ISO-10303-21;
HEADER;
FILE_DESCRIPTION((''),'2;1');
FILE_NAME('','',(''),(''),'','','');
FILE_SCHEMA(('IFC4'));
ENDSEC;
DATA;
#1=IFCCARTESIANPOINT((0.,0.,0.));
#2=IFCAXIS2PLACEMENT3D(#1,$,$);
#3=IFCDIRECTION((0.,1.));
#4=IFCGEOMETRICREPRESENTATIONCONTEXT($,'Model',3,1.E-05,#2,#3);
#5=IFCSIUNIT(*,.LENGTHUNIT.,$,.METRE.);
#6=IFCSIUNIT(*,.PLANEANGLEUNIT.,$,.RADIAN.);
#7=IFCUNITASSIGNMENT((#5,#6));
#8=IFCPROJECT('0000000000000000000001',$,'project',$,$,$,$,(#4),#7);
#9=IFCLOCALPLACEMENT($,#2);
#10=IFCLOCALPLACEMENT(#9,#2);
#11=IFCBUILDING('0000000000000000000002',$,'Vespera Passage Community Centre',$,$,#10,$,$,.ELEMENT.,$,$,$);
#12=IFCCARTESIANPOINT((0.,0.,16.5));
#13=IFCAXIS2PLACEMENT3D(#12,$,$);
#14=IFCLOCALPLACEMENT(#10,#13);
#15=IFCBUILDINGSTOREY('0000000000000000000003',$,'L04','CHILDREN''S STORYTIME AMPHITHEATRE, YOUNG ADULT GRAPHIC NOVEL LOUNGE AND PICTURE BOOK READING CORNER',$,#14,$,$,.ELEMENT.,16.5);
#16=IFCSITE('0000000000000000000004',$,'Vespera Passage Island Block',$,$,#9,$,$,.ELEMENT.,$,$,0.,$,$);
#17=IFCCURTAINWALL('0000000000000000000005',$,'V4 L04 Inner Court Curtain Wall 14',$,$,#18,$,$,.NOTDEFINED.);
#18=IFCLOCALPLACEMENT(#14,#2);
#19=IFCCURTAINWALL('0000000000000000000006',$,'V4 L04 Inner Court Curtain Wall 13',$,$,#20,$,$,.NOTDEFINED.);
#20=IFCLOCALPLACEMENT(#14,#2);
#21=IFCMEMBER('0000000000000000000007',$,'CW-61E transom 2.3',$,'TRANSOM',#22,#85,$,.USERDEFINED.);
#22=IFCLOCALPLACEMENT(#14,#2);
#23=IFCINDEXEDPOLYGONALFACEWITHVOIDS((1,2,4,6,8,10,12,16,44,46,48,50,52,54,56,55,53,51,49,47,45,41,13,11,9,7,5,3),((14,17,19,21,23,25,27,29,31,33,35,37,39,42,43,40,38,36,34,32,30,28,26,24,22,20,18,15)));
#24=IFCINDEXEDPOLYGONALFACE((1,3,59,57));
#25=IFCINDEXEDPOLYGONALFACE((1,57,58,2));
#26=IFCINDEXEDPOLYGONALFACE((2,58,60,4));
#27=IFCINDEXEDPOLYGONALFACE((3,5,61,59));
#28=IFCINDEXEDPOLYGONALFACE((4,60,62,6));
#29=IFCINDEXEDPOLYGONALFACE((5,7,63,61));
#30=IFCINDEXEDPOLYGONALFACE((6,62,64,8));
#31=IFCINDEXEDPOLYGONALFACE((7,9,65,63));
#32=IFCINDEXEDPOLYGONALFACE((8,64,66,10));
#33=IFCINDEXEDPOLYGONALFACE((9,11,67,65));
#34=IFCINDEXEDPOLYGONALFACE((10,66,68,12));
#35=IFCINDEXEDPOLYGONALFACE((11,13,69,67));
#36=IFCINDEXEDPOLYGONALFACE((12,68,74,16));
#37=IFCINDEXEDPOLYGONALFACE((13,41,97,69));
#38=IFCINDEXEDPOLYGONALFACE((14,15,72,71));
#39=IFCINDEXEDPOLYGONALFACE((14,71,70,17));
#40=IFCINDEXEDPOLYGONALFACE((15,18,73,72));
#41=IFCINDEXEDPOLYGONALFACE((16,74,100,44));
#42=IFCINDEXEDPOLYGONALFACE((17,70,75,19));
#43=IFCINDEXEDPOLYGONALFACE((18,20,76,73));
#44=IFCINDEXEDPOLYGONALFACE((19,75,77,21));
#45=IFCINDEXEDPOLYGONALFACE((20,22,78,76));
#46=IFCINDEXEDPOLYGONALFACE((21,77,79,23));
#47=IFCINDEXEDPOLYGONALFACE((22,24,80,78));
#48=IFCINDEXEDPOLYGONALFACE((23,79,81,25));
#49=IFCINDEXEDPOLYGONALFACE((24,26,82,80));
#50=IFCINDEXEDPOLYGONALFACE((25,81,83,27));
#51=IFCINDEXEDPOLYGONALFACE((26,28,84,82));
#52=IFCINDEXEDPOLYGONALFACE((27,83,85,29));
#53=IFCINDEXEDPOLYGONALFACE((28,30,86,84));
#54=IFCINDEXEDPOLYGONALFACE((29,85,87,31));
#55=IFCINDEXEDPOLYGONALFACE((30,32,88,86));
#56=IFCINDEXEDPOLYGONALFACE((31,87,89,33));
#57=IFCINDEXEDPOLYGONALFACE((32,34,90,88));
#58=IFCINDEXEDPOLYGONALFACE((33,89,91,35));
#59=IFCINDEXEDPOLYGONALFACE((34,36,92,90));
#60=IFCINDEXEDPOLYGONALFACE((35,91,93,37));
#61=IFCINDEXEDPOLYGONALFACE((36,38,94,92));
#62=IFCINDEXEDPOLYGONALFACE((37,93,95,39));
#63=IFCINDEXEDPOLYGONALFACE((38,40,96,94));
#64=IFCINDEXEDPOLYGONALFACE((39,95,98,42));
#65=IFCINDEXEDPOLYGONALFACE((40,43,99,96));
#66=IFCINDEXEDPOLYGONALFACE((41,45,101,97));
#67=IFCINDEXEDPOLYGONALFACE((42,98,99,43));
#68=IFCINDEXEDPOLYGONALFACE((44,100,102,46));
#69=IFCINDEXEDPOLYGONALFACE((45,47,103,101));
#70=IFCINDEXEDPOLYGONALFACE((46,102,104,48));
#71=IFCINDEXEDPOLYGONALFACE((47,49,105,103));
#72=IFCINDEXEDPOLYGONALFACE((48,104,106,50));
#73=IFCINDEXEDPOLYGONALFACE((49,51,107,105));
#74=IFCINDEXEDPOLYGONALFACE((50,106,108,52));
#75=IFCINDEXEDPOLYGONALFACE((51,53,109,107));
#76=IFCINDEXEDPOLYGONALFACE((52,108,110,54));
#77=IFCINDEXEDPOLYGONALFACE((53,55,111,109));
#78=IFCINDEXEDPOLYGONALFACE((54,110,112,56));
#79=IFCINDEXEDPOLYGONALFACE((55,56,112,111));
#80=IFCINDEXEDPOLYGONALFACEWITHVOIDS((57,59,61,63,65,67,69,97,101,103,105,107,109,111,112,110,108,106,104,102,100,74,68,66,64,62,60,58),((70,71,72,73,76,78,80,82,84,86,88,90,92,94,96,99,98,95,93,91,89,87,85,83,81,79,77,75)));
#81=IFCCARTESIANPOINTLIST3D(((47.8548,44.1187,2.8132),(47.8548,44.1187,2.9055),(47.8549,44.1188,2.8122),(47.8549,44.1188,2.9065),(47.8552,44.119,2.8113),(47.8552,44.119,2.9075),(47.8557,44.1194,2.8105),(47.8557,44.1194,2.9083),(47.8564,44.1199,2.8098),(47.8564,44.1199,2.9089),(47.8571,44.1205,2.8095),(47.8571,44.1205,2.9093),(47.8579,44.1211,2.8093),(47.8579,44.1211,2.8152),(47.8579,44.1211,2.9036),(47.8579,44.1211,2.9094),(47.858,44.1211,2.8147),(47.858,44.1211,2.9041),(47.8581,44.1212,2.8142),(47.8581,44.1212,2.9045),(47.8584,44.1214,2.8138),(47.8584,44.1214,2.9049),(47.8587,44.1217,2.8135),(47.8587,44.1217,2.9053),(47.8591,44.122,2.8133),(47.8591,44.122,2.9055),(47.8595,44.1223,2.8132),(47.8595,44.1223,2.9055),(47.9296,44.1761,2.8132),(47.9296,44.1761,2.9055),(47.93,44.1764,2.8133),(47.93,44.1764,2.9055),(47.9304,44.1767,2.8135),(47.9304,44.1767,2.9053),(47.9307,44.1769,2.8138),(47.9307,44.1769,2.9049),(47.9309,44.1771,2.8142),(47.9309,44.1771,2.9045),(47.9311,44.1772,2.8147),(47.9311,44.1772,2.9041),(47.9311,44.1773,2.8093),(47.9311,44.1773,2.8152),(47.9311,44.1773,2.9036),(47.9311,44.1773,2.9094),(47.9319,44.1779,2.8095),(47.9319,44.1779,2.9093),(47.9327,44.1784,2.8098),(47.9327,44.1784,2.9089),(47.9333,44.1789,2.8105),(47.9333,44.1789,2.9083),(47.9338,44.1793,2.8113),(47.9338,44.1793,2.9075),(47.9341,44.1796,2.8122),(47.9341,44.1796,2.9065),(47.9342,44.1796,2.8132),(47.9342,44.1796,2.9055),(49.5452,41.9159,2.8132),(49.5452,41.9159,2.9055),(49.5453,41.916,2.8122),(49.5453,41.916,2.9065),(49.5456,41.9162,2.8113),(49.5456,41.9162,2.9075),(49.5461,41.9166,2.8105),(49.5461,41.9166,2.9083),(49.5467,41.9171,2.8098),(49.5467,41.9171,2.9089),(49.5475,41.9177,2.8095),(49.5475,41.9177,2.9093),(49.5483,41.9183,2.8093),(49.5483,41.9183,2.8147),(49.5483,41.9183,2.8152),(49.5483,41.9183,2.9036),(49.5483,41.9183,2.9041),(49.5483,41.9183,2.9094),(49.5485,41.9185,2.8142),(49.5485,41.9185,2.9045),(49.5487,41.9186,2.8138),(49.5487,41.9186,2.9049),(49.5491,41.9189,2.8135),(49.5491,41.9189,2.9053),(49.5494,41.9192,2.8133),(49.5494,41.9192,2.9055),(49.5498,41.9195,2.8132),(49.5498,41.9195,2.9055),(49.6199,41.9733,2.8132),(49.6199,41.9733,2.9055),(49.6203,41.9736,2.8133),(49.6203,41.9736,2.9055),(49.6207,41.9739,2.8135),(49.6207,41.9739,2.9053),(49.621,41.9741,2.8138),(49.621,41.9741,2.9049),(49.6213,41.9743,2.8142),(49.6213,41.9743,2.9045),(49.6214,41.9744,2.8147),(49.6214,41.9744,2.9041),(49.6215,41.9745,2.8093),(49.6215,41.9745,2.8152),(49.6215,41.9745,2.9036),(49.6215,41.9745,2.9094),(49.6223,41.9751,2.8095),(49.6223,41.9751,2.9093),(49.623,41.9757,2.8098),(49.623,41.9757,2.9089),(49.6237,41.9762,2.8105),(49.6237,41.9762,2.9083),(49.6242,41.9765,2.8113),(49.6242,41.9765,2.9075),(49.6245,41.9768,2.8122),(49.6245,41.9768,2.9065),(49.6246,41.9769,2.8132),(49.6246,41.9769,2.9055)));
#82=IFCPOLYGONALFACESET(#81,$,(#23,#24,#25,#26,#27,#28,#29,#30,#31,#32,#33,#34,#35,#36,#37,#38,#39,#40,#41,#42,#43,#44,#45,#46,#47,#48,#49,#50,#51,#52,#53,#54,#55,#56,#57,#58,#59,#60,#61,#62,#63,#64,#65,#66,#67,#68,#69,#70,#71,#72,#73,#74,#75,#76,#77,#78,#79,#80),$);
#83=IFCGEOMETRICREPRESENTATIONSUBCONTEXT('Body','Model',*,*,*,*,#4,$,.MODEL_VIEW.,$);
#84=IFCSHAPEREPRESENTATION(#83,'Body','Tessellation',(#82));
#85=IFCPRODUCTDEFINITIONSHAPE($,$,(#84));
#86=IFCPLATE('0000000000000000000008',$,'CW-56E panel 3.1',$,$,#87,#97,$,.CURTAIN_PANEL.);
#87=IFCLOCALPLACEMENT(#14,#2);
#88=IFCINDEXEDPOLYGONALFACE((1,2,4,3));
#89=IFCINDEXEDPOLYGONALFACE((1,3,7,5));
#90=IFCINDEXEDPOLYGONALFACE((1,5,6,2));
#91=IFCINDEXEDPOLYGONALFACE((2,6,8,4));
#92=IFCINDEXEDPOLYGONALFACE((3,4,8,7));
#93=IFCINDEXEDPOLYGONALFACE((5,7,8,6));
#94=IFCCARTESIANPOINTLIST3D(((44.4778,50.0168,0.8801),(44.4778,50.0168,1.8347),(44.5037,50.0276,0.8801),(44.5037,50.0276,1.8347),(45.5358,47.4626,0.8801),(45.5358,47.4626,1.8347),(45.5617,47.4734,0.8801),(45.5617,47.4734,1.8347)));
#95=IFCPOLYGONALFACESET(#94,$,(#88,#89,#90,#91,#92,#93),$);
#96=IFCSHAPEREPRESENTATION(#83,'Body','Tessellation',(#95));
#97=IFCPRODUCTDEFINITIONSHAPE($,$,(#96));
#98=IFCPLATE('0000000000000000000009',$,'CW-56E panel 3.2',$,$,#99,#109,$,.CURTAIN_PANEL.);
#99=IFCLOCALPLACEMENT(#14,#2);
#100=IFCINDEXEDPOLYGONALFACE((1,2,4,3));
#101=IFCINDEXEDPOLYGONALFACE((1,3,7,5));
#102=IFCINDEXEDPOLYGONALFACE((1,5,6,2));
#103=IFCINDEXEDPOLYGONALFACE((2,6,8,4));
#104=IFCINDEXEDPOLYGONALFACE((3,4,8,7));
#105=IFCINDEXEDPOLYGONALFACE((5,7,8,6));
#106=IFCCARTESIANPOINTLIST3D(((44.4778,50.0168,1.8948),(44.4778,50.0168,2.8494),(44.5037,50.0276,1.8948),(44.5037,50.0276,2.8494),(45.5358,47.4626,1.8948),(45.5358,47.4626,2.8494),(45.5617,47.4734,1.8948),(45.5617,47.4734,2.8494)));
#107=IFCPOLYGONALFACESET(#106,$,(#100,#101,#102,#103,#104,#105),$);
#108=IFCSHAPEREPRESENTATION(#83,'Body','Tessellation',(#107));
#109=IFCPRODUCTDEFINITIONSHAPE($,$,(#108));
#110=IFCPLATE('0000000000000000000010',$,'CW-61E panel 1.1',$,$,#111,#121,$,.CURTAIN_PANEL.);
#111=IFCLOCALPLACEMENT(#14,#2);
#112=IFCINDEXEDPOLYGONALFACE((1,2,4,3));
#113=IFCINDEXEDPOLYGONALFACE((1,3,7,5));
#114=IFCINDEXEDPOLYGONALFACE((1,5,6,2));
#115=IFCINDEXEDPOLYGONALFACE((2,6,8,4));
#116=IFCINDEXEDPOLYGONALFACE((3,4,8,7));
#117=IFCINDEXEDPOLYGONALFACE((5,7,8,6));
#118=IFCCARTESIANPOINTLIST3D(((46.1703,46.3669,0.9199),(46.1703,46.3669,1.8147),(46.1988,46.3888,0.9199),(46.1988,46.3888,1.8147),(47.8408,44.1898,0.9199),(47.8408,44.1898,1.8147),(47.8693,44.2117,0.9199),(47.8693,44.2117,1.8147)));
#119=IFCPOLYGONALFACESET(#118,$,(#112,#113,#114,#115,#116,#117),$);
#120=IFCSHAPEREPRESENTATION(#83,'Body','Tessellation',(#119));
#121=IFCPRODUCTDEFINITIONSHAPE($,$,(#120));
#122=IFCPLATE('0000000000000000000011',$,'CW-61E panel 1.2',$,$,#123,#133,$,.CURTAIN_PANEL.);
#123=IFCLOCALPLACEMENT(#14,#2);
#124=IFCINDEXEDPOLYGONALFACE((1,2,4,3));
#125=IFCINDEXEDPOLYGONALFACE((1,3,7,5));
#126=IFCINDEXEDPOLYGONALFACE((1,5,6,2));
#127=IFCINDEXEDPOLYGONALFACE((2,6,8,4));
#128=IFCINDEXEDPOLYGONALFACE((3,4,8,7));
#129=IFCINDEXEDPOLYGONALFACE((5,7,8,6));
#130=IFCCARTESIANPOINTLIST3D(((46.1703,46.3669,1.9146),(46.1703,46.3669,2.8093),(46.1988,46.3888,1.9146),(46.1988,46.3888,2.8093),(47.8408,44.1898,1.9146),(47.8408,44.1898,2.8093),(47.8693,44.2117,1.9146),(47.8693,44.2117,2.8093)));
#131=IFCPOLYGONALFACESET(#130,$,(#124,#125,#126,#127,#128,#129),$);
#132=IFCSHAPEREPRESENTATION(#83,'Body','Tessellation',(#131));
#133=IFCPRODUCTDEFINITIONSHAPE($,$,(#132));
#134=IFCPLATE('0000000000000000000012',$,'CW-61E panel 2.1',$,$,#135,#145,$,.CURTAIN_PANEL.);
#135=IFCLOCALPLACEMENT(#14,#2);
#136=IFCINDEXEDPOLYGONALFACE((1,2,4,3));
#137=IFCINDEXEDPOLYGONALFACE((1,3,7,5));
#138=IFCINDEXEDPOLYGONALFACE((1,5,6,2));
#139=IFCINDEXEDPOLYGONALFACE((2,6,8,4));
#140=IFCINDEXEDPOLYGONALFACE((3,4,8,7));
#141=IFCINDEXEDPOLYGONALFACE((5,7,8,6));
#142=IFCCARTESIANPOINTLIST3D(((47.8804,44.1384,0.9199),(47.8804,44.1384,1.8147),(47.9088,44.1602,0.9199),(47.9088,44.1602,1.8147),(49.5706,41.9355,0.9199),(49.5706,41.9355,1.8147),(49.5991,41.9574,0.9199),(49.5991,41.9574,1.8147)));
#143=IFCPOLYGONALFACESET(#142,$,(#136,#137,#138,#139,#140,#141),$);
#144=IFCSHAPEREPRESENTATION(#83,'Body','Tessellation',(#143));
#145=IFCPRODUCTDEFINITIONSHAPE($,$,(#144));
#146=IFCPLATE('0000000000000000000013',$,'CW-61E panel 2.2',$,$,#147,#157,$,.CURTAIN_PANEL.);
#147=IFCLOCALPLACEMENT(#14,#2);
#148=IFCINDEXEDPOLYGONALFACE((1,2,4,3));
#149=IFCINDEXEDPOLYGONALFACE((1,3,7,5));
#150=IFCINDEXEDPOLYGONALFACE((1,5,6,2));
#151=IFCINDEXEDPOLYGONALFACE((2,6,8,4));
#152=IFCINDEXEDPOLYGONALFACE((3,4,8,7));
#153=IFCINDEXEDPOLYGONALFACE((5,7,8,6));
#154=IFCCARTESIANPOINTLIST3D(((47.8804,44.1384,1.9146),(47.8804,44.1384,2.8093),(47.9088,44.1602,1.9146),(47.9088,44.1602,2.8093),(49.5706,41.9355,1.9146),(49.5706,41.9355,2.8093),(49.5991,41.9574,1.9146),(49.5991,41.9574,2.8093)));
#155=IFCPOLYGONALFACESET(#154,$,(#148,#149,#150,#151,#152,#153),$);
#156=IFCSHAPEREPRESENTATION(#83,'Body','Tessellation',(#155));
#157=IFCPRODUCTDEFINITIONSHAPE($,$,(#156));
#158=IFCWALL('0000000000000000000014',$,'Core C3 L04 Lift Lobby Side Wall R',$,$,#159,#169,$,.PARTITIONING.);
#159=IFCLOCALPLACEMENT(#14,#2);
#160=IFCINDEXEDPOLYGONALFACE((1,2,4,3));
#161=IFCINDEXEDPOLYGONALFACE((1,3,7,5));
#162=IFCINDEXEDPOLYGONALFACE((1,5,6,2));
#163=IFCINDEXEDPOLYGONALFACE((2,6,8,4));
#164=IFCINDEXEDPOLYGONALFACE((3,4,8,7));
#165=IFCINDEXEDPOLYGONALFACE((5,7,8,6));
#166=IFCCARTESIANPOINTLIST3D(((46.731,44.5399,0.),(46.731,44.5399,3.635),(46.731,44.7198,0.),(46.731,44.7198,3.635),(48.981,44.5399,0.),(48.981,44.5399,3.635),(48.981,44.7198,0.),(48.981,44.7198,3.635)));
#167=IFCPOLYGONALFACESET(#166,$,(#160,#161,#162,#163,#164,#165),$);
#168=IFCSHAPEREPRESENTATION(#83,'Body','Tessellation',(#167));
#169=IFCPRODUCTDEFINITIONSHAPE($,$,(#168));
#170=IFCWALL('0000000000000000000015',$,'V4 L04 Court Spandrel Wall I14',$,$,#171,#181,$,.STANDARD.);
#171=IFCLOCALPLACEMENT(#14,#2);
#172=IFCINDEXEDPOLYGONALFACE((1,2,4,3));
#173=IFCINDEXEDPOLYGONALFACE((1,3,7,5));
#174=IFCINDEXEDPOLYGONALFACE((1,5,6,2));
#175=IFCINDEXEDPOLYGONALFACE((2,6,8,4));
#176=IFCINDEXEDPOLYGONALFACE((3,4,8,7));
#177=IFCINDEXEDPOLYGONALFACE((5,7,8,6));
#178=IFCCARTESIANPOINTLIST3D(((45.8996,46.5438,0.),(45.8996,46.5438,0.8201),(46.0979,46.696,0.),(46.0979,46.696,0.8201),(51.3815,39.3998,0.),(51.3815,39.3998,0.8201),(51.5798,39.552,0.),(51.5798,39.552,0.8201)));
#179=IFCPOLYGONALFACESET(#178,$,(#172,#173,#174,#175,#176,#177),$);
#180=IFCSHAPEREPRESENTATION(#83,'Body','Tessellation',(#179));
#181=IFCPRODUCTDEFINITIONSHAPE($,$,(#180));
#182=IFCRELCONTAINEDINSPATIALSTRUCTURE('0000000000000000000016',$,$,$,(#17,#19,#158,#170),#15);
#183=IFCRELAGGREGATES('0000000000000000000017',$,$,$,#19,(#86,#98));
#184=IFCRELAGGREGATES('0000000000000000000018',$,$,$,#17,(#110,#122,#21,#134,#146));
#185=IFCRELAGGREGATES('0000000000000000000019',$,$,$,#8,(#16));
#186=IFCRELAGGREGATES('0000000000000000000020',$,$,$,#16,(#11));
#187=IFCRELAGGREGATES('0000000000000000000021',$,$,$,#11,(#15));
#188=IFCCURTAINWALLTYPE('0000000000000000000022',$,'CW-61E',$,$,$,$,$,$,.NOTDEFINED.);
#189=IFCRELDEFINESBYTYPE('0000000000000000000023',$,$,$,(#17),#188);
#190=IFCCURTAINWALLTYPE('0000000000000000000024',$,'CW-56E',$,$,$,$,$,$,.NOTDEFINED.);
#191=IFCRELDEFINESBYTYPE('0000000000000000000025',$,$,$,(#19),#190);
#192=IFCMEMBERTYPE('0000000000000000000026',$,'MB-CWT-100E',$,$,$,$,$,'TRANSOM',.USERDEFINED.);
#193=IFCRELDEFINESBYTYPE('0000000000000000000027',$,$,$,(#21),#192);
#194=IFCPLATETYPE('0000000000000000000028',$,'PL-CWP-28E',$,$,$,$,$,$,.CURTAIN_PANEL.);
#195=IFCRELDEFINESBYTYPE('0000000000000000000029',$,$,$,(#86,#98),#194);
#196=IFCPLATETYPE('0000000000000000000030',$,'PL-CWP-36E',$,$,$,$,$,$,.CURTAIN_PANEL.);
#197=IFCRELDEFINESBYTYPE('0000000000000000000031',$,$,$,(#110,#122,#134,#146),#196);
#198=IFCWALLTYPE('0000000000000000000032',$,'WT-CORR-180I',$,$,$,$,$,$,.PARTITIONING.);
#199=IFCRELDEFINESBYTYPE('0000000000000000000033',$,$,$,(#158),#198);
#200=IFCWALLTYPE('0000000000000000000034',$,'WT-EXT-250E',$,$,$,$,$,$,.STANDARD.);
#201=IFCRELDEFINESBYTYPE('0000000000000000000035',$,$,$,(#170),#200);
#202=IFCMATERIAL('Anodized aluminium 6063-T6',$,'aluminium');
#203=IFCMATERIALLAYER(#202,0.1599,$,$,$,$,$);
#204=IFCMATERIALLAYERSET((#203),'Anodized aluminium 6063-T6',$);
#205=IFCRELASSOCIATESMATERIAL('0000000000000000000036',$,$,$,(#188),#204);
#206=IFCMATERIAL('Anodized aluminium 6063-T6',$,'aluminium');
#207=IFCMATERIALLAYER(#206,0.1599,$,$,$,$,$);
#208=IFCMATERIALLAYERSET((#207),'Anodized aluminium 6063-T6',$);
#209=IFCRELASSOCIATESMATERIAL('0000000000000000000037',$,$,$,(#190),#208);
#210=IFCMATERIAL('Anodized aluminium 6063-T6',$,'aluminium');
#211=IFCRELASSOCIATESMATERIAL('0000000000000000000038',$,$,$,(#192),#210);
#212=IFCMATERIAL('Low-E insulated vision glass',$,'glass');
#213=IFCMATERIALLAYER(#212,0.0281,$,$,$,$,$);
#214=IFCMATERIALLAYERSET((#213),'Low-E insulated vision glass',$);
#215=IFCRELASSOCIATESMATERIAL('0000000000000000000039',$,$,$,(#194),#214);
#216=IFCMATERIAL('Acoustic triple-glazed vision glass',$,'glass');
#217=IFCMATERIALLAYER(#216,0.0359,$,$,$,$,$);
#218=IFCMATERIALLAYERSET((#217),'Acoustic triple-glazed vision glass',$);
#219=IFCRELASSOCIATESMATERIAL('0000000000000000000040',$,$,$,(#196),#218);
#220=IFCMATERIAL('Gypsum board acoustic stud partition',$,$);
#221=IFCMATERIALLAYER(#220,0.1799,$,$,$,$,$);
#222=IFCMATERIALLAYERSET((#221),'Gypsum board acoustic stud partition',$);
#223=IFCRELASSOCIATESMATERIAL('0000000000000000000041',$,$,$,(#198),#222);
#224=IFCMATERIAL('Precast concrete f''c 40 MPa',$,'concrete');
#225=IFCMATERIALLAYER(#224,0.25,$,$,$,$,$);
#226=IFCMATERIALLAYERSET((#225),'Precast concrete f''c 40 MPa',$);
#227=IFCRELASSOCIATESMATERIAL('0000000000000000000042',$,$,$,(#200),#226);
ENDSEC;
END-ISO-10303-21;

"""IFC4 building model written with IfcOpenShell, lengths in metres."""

from ifc_helpers import new_model, si_unit, direction, frame, frame_2d, origin, origin_2d, place, context, subcontext, project, spatial, rectangle, hollow_rectangle, extrude, material, layer, layer_set, material_profile, profile_set, type_object, element, aggregate, save


model = new_model("IFC4")

# Units and contexts
model_context = context("Model", 3, precision=1e-05, world=origin(), true_north=direction((0.0, 1.0)))
body_context = subcontext(model_context, "Body", "Model", "MODEL_VIEW")
ifc_project = project(units=[si_unit("LENGTHUNIT", "METRE"), si_unit("PLANEANGLEUNIT", "RADIAN")], contexts=[model_context])

# Site, building, storey
site_placement = place(None, origin())
site = spatial("IfcSite", under=ifc_project, at=site_placement, Name="Vespera Passage Island Block", CompositionType="ELEMENT", RefElevation=0.0)
building_placement = place(site_placement, origin())
building = spatial("IfcBuilding", under=site, at=building_placement, Name="Vespera Passage Community Centre", CompositionType="ELEMENT")
storey_placement = place(building_placement, frame((0.0, 0.0, 16.5)))
storey = spatial("IfcBuildingStorey", under=building, at=storey_placement, Name="L04", Description="CHILDREN'S STORYTIME AMPHITHEATRE, YOUNG ADULT GRAPHIC NOVEL LOUNGE AND PICTURE BOOK READING CORNER", CompositionType="ELEMENT", Elevation=16.5)

# Curtain wall
ifc_material_1 = material(Name="Anodized aluminium 6063-T6", Category="aluminium")
ifc_layer_1 = layer(ifc_material_1, 0.1599)
ifc_layer_set_1 = layer_set([ifc_layer_1], Name="Anodized aluminium 6063-T6")
curtain_wall_type_1 = type_object("IfcCurtainWallType", Name="CW-61E", PredefinedType="NOTDEFINED", material=ifc_layer_set_1)
curtain_wall_1_placement = place(storey_placement, origin())
curtain_wall_1 = element("IfcCurtainWall", 1, at=curtain_wall_1_placement, inside=storey, type_object=curtain_wall_type_1, Name="V4 L04 Inner Court Curtain Wall 14", PredefinedType="NOTDEFINED")

# Curtain wall
ifc_material_2 = material(Name="Anodized aluminium 6063-T6", Category="aluminium")
ifc_layer_2 = layer(ifc_material_2, 0.1599)
ifc_layer_set_2 = layer_set([ifc_layer_2], Name="Anodized aluminium 6063-T6")
curtain_wall_type_2 = type_object("IfcCurtainWallType", Name="CW-56E", PredefinedType="NOTDEFINED", material=ifc_layer_set_2)
curtain_wall_2_placement = place(storey_placement, origin())
curtain_wall_2 = element("IfcCurtainWall", 2, at=curtain_wall_2_placement, inside=storey, type_object=curtain_wall_type_2, Name="V4 L04 Inner Court Curtain Wall 13", PredefinedType="NOTDEFINED")

# Member
ifc_material_3 = material(Name="Anodized aluminium 6063-T6", Category="aluminium")
ifc_material_profile_1 = material_profile(ifc_material_3, hollow_rectangle(XDim=0.1001, YDim=0.1001, WallThickness=0.0039, InnerFilletRadius=0.002, OuterFilletRadius=0.0039, at=origin_2d()), Name="ALU100X100X4")
ifc_profile_set_1 = profile_set([ifc_material_profile_1], Name="Anodized aluminium 6063-T6")
member_type_1 = type_object("IfcMemberType", Name="MB-CWT-100E", ElementType="TRANSOM", PredefinedType="USERDEFINED", material=ifc_profile_set_1)
member_1_placement = place(storey_placement, frame((47.8945, 44.1492, 2.8594), z_axis=(0.608784, -0.793336, 0.0), x_axis=(0.793336, 0.608784, 0.0)))
member_1 = element("IfcMember", 3, at=member_1_placement, type_object=member_type_1, Name="CW-61E transom 2.3", ObjectType="TRANSOM", PredefinedType="USERDEFINED", context=body_context, shape_type="SweptSolid", body=[
    extrude(hollow_rectangle(XDim=0.1001, YDim=0.1001, WallThickness=0.0039, InnerFilletRadius=0.002, OuterFilletRadius=0.0039, at=origin_2d()), origin(), (0.0, 0.0, 1.0), 2.7766),
])

# Plates
ifc_material_4 = material(Name="Low-E insulated vision glass", Category="glass")
ifc_layer_3 = layer(ifc_material_4, 0.0281)
ifc_layer_set_3 = layer_set([ifc_layer_3], Name="Low-E insulated vision glass")
plate_type_1 = type_object("IfcPlateType", Name="PL-CWP-28E", PredefinedType="CURTAIN_PANEL", material=ifc_layer_set_3)
plate_1_placement = place(storey_placement, frame((45.0198, 48.7451, 0.8801), z_axis=(0.0, 0.0, 1.0), x_axis=(0.38269, -0.923877, 0.0)))
plate_1 = element("IfcPlate", 4, at=plate_1_placement, type_object=plate_type_1, Name="CW-56E panel 3.1", PredefinedType="CURTAIN_PANEL", context=body_context, shape_type="SweptSolid", body=[
    extrude(rectangle(XDim=2.7646, YDim=0.0281, at=origin_2d()), origin(), (0.0, 0.0, 1.0), 0.9546),
])
plate_2_placement = place(storey_placement, frame((45.0198, 48.7451, 1.8948), z_axis=(0.0, 0.0, 1.0), x_axis=(0.38269, -0.923877, 0.0)))
plate_2 = element("IfcPlate", 5, at=plate_2_placement, type_object=plate_type_1, Name="CW-56E panel 3.2", PredefinedType="CURTAIN_PANEL", context=body_context, shape_type="SweptSolid", body=[
    extrude(rectangle(XDim=2.7646, YDim=0.0281, at=origin_2d()), origin(), (0.0, 0.0, 1.0), 0.9546),
])
aggregate(curtain_wall_2, [plate_1, plate_2])
ifc_material_5 = material(Name="Acoustic triple-glazed vision glass", Category="glass")
ifc_layer_4 = layer(ifc_material_5, 0.0359)
ifc_layer_set_4 = layer_set([ifc_layer_4], Name="Acoustic triple-glazed vision glass")
plate_type_2 = type_object("IfcPlateType", Name="PL-CWP-36E", PredefinedType="CURTAIN_PANEL", material=ifc_layer_set_4)
plate_3_placement = place(storey_placement, frame((47.0198, 45.2893, 0.9199), z_axis=(0.0, 0.0, 1.0), x_axis=(0.608755, -0.793358, 0.0)))
plate_3 = element("IfcPlate", 6, at=plate_3_placement, type_object=plate_type_2, Name="CW-61E panel 1.1", PredefinedType="CURTAIN_PANEL", context=body_context, shape_type="SweptSolid", body=[
    extrude(rectangle(XDim=2.7441, YDim=0.0359, at=origin_2d()), origin(), (0.0, 0.0, 1.0), 0.8948),
])
plate_4_placement = place(storey_placement, frame((47.0198, 45.2893, 1.9146), z_axis=(0.0, 0.0, 1.0), x_axis=(0.608755, -0.793358, 0.0)))
plate_4 = element("IfcPlate", 7, at=plate_4_placement, type_object=plate_type_2, Name="CW-61E panel 1.2", PredefinedType="CURTAIN_PANEL", context=body_context, shape_type="SweptSolid", body=[
    extrude(rectangle(XDim=2.7441, YDim=0.0359, at=origin_2d()), origin(), (0.0, 0.0, 1.0), 0.8948),
])
plate_5_placement = place(storey_placement, frame((48.7397, 43.0479, 0.9199), z_axis=(0.0, 0.0, 1.0), x_axis=(0.608755, -0.793358, 0.0)))
plate_5 = element("IfcPlate", 8, at=plate_5_placement, type_object=plate_type_2, Name="CW-61E panel 2.1", PredefinedType="CURTAIN_PANEL", context=body_context, shape_type="SweptSolid", body=[
    extrude(rectangle(XDim=2.7766, YDim=0.0359, at=origin_2d()), origin(), (0.0, 0.0, 1.0), 0.8948),
])
plate_6_placement = place(storey_placement, frame((48.7397, 43.0479, 1.9146), z_axis=(0.0, 0.0, 1.0), x_axis=(0.608755, -0.793358, 0.0)))
plate_6 = element("IfcPlate", 9, at=plate_6_placement, type_object=plate_type_2, Name="CW-61E panel 2.2", PredefinedType="CURTAIN_PANEL", context=body_context, shape_type="SweptSolid", body=[
    extrude(rectangle(XDim=2.7766, YDim=0.0359, at=origin_2d()), origin(), (0.0, 0.0, 1.0), 0.8948),
])
aggregate(curtain_wall_1, [plate_3, plate_4, member_1, plate_5, plate_6])

# Walls
ifc_material_6 = material(Name="Gypsum board acoustic stud partition")
ifc_layer_5 = layer(ifc_material_6, 0.1799)
ifc_layer_set_5 = layer_set([ifc_layer_5], Name="Gypsum board acoustic stud partition")
wall_type_1 = type_object("IfcWallType", Name="WT-CORR-180I", PredefinedType="PARTITIONING", material=ifc_layer_set_5)
wall_1_placement = place(storey_placement, frame((46.731, 44.6299, 0.0), z_axis=(0.0, 0.0, 1.0), x_axis=(1.0, 0.0, 0.0)))
element("IfcWall", 10, at=wall_1_placement, inside=storey, type_object=wall_type_1, Name="Core C3 L04 Lift Lobby Side Wall R", PredefinedType="PARTITIONING", context=body_context, shape_type="SweptSolid", body=[
    extrude(rectangle(XDim=2.25, YDim=0.1799, at=frame_2d((1.125, 0.0))), origin(), (0.0, 0.0, 1.0), 3.635),
])
ifc_material_7 = material(Name="Precast concrete f'c 40 MPa", Category="concrete")
ifc_layer_6 = layer(ifc_material_7, 0.25)
ifc_layer_set_6 = layer_set([ifc_layer_6], Name="Precast concrete f'c 40 MPa")
wall_type_2 = type_object("IfcWallType", Name="WT-EXT-250E", PredefinedType="STANDARD", material=ifc_layer_set_6)
wall_2_placement = place(storey_placement, frame((45.9988, 46.6199, 0.0), z_axis=(0.0, 0.0, 1.0), x_axis=(0.60877, -0.793347, 0.0)))
element("IfcWall", 11, at=wall_2_placement, inside=storey, type_object=wall_type_2, Name="V4 L04 Court Spandrel Wall I14", PredefinedType="STANDARD", context=body_context, shape_type="SweptSolid", body=[
    extrude(rectangle(XDim=9.0049, YDim=0.25, at=frame_2d((4.5024, 0.0))), origin(), (0.0, 0.0, 1.0), 0.8201),
])

save(model, "model.ifc")
